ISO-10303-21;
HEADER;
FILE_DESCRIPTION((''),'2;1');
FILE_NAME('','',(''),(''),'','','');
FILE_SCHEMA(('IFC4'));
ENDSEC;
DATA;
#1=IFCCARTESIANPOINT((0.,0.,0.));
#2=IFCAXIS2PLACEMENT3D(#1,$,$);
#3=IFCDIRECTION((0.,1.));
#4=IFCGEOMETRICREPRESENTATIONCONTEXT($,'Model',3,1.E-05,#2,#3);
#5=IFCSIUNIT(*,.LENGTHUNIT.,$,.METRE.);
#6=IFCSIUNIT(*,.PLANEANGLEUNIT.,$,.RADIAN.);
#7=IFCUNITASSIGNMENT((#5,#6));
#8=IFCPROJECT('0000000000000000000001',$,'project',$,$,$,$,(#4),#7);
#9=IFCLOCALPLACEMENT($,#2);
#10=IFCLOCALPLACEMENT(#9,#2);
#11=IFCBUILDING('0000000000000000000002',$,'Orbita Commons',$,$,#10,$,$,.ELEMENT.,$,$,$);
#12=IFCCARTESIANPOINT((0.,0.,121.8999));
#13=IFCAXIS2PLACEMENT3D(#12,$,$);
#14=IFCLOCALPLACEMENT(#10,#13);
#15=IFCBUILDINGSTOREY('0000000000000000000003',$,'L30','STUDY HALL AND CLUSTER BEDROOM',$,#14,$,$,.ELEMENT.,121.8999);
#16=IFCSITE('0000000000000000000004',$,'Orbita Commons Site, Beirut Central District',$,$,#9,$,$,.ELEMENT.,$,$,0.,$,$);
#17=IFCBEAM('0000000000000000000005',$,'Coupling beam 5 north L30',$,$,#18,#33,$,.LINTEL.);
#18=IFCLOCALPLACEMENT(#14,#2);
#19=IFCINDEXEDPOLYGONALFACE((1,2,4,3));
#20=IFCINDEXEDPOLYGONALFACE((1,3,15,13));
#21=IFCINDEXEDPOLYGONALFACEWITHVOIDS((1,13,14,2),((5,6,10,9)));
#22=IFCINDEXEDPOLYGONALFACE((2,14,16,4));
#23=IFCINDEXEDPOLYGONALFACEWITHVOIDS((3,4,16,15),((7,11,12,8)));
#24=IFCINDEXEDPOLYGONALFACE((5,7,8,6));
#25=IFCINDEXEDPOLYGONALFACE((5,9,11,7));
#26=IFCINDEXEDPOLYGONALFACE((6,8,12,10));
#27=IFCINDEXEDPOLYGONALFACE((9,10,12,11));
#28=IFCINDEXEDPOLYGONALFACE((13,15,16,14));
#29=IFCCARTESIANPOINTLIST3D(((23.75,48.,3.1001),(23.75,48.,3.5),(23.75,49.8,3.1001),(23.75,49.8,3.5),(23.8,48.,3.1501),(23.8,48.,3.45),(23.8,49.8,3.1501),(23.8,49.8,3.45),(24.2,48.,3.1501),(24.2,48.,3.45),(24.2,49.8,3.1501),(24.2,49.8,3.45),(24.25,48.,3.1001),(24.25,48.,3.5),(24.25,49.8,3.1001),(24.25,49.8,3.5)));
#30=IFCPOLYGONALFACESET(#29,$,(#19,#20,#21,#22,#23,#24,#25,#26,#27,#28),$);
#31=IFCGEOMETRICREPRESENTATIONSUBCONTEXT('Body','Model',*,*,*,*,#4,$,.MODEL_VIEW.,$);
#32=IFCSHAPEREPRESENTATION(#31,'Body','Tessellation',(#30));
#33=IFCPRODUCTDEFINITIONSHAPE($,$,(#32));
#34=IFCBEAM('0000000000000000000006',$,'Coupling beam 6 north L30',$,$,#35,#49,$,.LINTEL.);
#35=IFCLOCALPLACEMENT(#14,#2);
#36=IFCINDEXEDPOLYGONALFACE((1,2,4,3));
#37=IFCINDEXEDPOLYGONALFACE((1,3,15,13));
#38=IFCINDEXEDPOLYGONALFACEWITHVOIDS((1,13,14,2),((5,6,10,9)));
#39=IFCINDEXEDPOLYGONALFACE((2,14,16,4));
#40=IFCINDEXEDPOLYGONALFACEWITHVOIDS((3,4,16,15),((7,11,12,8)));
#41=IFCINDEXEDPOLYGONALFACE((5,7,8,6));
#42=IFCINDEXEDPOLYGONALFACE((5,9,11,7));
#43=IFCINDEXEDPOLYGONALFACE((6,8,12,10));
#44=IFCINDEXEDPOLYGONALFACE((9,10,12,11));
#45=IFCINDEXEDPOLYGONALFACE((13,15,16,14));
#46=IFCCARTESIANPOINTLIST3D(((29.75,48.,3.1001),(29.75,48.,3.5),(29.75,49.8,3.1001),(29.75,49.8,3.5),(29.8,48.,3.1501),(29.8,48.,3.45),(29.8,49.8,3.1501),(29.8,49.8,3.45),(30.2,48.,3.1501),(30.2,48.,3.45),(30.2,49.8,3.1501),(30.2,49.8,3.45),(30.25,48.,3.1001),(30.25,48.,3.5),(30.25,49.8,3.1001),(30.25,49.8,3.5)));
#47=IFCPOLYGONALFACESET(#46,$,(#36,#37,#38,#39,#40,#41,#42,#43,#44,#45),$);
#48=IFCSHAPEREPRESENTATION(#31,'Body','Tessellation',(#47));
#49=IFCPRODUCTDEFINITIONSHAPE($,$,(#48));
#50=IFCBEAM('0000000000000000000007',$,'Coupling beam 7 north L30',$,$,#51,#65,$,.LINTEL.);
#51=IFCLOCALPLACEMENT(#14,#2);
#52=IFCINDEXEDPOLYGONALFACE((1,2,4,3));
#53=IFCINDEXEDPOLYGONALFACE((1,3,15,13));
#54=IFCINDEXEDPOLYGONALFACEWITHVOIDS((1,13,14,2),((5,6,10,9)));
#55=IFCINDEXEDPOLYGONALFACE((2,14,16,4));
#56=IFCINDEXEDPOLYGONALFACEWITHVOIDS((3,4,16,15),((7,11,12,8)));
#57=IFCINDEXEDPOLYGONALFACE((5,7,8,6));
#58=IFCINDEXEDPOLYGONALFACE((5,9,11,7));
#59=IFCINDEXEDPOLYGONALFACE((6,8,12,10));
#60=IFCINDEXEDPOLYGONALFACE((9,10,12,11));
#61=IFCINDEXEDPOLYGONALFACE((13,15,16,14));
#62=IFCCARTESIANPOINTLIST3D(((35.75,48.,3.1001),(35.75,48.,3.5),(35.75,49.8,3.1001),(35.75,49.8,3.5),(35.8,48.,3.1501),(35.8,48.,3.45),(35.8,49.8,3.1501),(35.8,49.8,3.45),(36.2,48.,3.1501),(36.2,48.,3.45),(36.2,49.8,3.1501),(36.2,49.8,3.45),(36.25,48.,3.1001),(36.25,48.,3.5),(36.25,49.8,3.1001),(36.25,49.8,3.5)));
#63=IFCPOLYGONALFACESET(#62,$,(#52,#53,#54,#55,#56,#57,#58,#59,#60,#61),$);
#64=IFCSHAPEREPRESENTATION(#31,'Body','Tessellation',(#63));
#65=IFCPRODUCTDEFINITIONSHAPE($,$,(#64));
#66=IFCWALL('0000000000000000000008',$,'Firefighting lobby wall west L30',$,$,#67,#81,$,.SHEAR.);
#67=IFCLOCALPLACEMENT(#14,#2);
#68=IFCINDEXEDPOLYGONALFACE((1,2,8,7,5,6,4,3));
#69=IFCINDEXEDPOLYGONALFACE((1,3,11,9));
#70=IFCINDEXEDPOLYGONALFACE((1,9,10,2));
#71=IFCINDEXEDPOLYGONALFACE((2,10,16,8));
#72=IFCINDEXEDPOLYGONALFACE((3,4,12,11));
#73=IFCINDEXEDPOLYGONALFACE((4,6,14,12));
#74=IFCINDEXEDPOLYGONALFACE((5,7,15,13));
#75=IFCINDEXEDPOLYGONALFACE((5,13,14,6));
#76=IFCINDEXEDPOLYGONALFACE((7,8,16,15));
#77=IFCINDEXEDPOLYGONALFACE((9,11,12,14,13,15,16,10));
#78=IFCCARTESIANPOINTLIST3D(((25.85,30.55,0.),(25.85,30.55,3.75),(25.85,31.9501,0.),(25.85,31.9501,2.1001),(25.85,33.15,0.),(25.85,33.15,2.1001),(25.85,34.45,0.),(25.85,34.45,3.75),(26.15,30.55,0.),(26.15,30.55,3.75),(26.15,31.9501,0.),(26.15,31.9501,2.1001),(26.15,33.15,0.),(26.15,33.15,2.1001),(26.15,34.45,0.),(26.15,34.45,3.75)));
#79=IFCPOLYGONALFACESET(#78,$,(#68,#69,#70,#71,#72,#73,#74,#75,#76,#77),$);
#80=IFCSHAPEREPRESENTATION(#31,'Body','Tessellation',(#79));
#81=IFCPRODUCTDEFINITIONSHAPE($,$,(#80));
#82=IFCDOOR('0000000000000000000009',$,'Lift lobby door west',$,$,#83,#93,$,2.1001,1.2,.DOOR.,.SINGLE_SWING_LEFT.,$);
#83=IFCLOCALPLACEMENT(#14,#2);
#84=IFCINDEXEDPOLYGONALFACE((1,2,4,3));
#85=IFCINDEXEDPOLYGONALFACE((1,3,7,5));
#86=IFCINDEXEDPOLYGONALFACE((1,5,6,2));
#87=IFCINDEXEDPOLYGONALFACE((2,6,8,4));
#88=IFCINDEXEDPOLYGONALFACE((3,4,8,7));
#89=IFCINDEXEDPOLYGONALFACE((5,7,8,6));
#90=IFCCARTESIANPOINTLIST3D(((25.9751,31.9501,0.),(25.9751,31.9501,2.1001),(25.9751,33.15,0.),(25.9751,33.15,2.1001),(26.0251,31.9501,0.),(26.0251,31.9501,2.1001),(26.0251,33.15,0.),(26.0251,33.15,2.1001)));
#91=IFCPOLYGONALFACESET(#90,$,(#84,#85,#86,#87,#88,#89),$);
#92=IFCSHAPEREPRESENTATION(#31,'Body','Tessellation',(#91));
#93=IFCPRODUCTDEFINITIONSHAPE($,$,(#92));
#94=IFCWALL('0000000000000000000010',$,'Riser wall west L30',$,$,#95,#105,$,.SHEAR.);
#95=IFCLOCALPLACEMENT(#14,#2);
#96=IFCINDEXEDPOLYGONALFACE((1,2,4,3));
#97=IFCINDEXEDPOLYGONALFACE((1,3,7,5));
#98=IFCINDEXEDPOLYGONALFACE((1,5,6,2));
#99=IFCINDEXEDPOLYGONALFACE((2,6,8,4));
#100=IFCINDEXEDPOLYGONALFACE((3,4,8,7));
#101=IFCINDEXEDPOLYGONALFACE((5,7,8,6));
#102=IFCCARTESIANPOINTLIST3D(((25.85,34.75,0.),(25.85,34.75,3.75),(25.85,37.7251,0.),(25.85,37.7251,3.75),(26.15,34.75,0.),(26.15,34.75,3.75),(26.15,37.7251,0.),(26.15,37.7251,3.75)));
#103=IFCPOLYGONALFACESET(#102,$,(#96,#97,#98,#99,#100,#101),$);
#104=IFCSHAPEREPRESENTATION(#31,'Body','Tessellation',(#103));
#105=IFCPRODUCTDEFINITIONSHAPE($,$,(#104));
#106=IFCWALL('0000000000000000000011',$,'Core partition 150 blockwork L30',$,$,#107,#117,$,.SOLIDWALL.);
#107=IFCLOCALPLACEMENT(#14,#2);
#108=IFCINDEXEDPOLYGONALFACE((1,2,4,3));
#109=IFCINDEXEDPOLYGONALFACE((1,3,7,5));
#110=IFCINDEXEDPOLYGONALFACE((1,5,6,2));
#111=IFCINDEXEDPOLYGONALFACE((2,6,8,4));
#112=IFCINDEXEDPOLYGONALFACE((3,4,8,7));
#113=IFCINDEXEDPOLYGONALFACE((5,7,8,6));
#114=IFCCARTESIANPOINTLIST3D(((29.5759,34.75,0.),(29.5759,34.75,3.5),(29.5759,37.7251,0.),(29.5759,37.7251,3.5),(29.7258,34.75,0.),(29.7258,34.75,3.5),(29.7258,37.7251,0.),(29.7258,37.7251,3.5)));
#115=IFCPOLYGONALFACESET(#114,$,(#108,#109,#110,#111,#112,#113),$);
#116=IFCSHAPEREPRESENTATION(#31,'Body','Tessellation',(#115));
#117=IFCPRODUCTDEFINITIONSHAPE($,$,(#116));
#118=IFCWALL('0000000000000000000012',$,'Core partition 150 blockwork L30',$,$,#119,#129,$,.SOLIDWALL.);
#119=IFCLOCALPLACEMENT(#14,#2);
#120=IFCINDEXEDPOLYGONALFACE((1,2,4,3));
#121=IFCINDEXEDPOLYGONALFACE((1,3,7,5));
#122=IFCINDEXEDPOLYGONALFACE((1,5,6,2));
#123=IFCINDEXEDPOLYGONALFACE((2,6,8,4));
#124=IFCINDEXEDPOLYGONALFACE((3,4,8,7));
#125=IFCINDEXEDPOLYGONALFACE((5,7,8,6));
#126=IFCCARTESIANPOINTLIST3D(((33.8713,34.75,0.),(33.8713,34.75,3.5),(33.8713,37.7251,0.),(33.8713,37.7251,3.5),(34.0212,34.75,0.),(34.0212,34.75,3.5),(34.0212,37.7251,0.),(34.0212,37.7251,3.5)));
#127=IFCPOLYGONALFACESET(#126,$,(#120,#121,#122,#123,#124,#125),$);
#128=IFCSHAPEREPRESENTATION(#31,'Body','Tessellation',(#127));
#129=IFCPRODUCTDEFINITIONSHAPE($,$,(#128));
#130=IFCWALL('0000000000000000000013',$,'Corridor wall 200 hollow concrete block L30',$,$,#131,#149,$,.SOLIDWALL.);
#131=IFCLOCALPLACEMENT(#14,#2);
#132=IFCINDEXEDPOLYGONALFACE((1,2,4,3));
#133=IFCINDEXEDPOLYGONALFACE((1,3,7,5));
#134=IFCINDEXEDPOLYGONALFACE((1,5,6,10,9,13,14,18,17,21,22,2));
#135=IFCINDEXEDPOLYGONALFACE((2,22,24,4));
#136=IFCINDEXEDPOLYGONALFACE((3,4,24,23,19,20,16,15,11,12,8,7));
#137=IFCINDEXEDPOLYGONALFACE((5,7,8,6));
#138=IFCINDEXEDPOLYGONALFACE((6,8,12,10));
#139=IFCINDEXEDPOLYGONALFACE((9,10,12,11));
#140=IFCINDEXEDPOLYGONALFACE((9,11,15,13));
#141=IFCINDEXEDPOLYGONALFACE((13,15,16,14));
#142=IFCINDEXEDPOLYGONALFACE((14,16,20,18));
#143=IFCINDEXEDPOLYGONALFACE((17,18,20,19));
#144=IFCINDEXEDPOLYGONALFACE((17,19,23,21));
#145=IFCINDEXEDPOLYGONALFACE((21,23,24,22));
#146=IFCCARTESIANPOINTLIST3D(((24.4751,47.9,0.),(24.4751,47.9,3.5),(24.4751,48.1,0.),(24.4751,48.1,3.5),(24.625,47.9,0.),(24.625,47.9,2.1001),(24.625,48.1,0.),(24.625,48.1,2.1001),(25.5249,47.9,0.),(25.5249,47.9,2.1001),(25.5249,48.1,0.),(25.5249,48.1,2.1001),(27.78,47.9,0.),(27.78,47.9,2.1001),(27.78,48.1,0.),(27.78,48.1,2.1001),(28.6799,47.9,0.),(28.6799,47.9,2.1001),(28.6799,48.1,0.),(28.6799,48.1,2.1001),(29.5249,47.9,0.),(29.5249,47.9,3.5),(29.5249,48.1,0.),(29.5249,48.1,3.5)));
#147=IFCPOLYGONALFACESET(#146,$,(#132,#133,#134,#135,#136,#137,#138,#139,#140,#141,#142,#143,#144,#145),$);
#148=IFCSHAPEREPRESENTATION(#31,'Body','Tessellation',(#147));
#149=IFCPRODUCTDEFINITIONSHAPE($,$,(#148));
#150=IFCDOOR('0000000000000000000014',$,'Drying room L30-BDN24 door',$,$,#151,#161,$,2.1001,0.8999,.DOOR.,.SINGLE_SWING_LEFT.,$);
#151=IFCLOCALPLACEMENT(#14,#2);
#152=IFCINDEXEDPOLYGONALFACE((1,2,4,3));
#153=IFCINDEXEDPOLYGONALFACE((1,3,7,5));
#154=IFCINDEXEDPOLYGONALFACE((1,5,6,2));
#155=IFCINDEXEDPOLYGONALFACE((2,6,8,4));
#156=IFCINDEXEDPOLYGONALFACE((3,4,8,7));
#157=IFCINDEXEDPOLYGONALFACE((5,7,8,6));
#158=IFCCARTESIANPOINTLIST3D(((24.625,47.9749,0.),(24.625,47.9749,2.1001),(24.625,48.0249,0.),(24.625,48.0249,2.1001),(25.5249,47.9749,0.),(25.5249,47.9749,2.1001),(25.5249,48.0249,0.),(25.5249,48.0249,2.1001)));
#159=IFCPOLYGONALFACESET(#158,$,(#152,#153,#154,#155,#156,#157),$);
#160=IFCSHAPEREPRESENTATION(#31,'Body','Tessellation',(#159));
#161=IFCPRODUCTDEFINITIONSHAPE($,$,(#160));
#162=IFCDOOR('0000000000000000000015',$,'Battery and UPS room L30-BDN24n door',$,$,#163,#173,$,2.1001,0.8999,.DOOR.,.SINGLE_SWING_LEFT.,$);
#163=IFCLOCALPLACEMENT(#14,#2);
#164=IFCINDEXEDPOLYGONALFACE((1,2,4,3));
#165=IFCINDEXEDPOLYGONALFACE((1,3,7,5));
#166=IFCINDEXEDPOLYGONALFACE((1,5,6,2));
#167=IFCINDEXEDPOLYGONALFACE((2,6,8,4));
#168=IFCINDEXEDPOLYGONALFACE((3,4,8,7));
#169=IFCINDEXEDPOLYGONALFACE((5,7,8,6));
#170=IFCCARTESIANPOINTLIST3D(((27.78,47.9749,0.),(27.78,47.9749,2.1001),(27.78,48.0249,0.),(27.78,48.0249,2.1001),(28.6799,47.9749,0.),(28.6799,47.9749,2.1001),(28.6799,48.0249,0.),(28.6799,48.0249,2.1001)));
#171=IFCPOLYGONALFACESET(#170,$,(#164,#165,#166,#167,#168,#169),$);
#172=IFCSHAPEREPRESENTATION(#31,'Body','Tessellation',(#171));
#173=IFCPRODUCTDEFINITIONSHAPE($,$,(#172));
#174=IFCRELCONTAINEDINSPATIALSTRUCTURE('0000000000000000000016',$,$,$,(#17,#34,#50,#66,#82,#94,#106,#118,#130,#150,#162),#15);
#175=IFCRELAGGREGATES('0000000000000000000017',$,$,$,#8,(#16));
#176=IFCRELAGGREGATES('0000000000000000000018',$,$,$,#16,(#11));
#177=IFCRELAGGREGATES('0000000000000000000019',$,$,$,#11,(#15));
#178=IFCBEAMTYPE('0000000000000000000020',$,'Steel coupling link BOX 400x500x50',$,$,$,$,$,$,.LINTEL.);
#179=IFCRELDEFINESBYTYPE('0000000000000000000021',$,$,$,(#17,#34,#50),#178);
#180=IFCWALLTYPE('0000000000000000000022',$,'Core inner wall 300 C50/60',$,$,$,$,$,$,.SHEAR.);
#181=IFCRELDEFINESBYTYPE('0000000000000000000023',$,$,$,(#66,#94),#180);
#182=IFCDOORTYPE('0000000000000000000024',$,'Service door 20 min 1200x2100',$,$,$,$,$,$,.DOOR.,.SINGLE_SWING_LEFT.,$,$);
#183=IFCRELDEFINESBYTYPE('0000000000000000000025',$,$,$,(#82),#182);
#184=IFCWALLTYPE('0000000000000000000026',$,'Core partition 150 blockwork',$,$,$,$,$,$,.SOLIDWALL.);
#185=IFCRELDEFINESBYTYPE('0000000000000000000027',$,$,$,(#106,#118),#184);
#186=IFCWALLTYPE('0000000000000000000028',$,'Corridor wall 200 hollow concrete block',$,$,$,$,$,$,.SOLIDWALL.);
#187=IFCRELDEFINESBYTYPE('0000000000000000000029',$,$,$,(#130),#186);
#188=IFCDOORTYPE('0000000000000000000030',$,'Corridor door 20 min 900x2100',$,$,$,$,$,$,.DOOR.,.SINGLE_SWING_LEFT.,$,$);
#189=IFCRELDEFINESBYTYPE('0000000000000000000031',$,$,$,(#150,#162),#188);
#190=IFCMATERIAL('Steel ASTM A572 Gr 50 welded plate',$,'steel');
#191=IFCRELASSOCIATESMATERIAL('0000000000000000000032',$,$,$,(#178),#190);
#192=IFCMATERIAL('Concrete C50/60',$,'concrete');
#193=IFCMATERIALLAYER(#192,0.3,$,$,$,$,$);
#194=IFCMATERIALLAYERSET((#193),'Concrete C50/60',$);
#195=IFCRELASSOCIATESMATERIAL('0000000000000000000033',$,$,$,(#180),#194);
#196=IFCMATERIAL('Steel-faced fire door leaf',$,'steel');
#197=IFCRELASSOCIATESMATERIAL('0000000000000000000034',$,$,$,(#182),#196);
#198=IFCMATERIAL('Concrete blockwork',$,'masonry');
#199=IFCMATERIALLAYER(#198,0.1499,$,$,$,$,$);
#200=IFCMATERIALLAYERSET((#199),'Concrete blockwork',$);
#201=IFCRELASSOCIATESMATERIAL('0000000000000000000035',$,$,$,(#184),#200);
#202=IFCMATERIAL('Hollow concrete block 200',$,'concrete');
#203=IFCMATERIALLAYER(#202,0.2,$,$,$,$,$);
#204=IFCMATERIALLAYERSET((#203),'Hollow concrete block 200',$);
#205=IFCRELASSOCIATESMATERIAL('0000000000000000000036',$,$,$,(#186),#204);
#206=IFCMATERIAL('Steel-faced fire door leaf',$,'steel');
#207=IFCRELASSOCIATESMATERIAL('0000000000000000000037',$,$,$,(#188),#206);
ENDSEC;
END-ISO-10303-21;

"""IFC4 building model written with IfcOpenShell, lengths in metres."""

from ifc_helpers import new_model, si_unit, direction, frame, frame_2d, origin, origin_2d, place, context, subcontext, project, spatial, rectangle, hollow_rectangle, extrude, material, layer, layer_set, material_profile, profile_set, type_object, element, fill, save


model = new_model("IFC4")

# Units and contexts
model_context = context("Model", 3, precision=1e-05, world=origin(), true_north=direction((0.0, 1.0)))
body_context = subcontext(model_context, "Body", "Model", "MODEL_VIEW")
ifc_project = project(units=[si_unit("LENGTHUNIT", "METRE"), si_unit("PLANEANGLEUNIT", "RADIAN")], contexts=[model_context])

# Site, building, storey
site_placement = place(None, origin())
site = spatial("IfcSite", under=ifc_project, at=site_placement, Name="Orbita Commons Site, Beirut Central District", CompositionType="ELEMENT", RefElevation=0.0)
building_placement = place(site_placement, origin())
building = spatial("IfcBuilding", under=site, at=building_placement, Name="Orbita Commons", CompositionType="ELEMENT")
storey_placement = place(building_placement, frame((0.0, 0.0, 121.8999)))
storey = spatial("IfcBuildingStorey", under=building, at=storey_placement, Name="L30", Description="STUDY HALL AND CLUSTER BEDROOM", CompositionType="ELEMENT", Elevation=121.8999)

# Beams
ifc_material_1 = material(Name="Steel ASTM A572 Gr 50 welded plate", Category="steel")
ifc_material_profile = material_profile(ifc_material_1, hollow_rectangle(XDim=0.5, YDim=0.3999, WallThickness=0.05, at=origin_2d()), Name="BOX 400x500x50")
ifc_profile_set = profile_set([ifc_material_profile], Name="Steel ASTM A572 Gr 50 welded plate")
beam_type = type_object("IfcBeamType", Name="Steel coupling link BOX 400x500x50", PredefinedType="LINTEL", material=ifc_profile_set)
for number, where, z_axis, x_axis, name in (
    (1, (24.0, 48.0, 3.3), (0.0, 1.0, 0.0), (-1.0, 0.0, 0.0), "Coupling beam 5 north L30"),
    (2, (30.0, 48.0, 3.3), (0.0, 1.0, 0.0), (-1.0, 0.0, 0.0), "Coupling beam 6 north L30"),
    (3, (36.0, 48.0, 3.3), (0.0, 1.0, 0.0), (-1.0, 0.0, 0.0), "Coupling beam 7 north L30"),
):
    element("IfcBeam", number, at=place(storey_placement, frame(where, z_axis=z_axis, x_axis=x_axis)), inside=storey, type_object=beam_type, Name=name, PredefinedType="LINTEL", context=body_context, shape_type="SweptSolid", body=[
        extrude(hollow_rectangle(XDim=0.5, YDim=0.3999, WallThickness=0.05, at=origin_2d()), origin(), (0.0, 0.0, 1.0), 1.8),
    ])

# Wall, opening, door
ifc_material_2 = material(Name="Concrete C50/60", Category="concrete")
ifc_layer_1 = layer(ifc_material_2, 0.3)
ifc_layer_set_1 = layer_set([ifc_layer_1], Name="Concrete C50/60")
wall_type_1 = type_object("IfcWallType", Name="Core inner wall 300 C50/60", PredefinedType="SHEAR", material=ifc_layer_set_1)
wall_1_placement = place(storey_placement, frame((26.0, 30.55, 0.0), z_axis=(0.0, 0.0, 1.0), x_axis=(0.0, 1.0, 0.0)))
wall_1 = element("IfcWall", 4, at=wall_1_placement, inside=storey, type_object=wall_type_1, Name="Firefighting lobby wall west L30", PredefinedType="SHEAR", context=body_context, shape_type="SweptSolid", body=[
    extrude(rectangle(XDim=3.8999, YDim=0.3, at=frame_2d((1.95, 0.0))), origin(), (0.0, 0.0, 1.0), 3.75),
])
opening_1_placement = place(wall_1_placement, frame((1.3999, 0.0, 0.0)))
opening_1 = element("IfcOpeningElement", 5, at=opening_1_placement, cuts=wall_1, PredefinedType="OPENING", context=body_context, shape_type="SweptSolid", body=[
    extrude(rectangle(XDim=1.2, YDim=2.1001, at=frame_2d((0.6001, 1.05))), frame((0.0, 0.1599, 0.0), z_axis=(0.0, -1.0, 0.0), x_axis=(1.0, 0.0, 0.0)), (0.0, 0.0, 1.0), 0.3201),
])
ifc_material_3 = material(Name="Steel-faced fire door leaf", Category="steel")
door_type_1 = type_object("IfcDoorType", Name="Service door 20 min 1200x2100", OperationType="SINGLE_SWING_LEFT", PredefinedType="DOOR", material=ifc_material_3)
door_1_placement = place(opening_1_placement, origin())
door_1 = element("IfcDoor", 6, at=door_1_placement, inside=storey, type_object=door_type_1, Name="Lift lobby door west", OperationType="SINGLE_SWING_LEFT", OverallHeight=2.1001, OverallWidth=1.2, PredefinedType="DOOR", context=body_context, shape_type="SweptSolid", body=[
    extrude(rectangle(XDim=1.2, YDim=2.1001, at=frame_2d((0.6001, 1.05))), frame((0.0, 0.0249, 0.0), z_axis=(0.0, -1.0, 0.0), x_axis=(1.0, 0.0, 0.0)), (0.0, 0.0, 1.0), 0.05),
])
fill(opening_1, door_1)

# Walls
wall_2_placement = place(storey_placement, frame((26.0, 34.75, 0.0), z_axis=(0.0, 0.0, 1.0), x_axis=(0.0, 1.0, 0.0)))
element("IfcWall", 7, at=wall_2_placement, inside=storey, type_object=wall_type_1, Name="Riser wall west L30", PredefinedType="SHEAR", context=body_context, shape_type="SweptSolid", body=[
    extrude(rectangle(XDim=2.9751, YDim=0.3, at=frame_2d((1.4875, 0.0))), origin(), (0.0, 0.0, 1.0), 3.75),
])
ifc_material_4 = material(Name="Concrete blockwork", Category="masonry")
ifc_layer_2 = layer(ifc_material_4, 0.1499)
ifc_layer_set_2 = layer_set([ifc_layer_2], Name="Concrete blockwork")
wall_type_2 = type_object("IfcWallType", Name="Core partition 150 blockwork", PredefinedType="SOLIDWALL", material=ifc_layer_set_2)
for number, where, z_axis, x_axis, name in (
    (8, (29.6509, 34.75, 0.0), (0.0, 0.0, 1.0), (0.0, 1.0, 0.0), "Core partition 150 blockwork L30"),
    (9, (33.9463, 34.75, 0.0), (0.0, 0.0, 1.0), (0.0, 1.0, 0.0), "Core partition 150 blockwork L30"),
):
    element("IfcWall", number, at=place(storey_placement, frame(where, z_axis=z_axis, x_axis=x_axis)), inside=storey, type_object=wall_type_2, Name=name, PredefinedType="SOLIDWALL", context=body_context, shape_type="SweptSolid", body=[
        extrude(rectangle(XDim=2.9751, YDim=0.1499, at=frame_2d((1.4875, 0.0))), origin(), (0.0, 0.0, 1.0), 3.5),
    ])

# Wall, openings, doors
ifc_material_5 = material(Name="Hollow concrete block 200", Category="concrete")
ifc_layer_3 = layer(ifc_material_5, 0.2)
ifc_layer_set_3 = layer_set([ifc_layer_3], Name="Hollow concrete block 200")
wall_type_3 = type_object("IfcWallType", Name="Corridor wall 200 hollow concrete block", PredefinedType="SOLIDWALL", material=ifc_layer_set_3)
wall_3_placement = place(storey_placement, frame((24.4751, 48.0, 0.0), z_axis=(0.0, 0.0, 1.0), x_axis=(1.0, 0.0, 0.0)))
wall_3 = element("IfcWall", 10, at=wall_3_placement, inside=storey, type_object=wall_type_3, Name="Corridor wall 200 hollow concrete block L30", PredefinedType="SOLIDWALL", context=body_context, shape_type="SweptSolid", body=[
    extrude(rectangle(XDim=5.0498, YDim=0.2, at=frame_2d((2.5249, 0.0))), origin(), (0.0, 0.0, 1.0), 3.5),
])
opening_2_placement = place(wall_3_placement, frame((0.1499, 0.0, 0.0)))
opening_2 = element("IfcOpeningElement", 11, at=opening_2_placement, cuts=wall_3, PredefinedType="OPENING", context=body_context, shape_type="SweptSolid", body=[
    extrude(rectangle(XDim=0.8999, YDim=2.1001, at=frame_2d((0.45, 1.05))), frame((0.0, 0.1099, 0.0), z_axis=(0.0, -1.0, 0.0), x_axis=(1.0, 0.0, 0.0)), (0.0, 0.0, 1.0), 0.22),
])
opening_3_placement = place(wall_3_placement, frame((3.3049, 0.0, 0.0)))
opening_3 = element("IfcOpeningElement", 12, at=opening_3_placement, cuts=wall_3, PredefinedType="OPENING", context=body_context, shape_type="SweptSolid", body=[
    extrude(rectangle(XDim=0.8999, YDim=2.1001, at=frame_2d((0.45, 1.05))), frame((0.0, 0.1099, 0.0), z_axis=(0.0, -1.0, 0.0), x_axis=(1.0, 0.0, 0.0)), (0.0, 0.0, 1.0), 0.22),
])
ifc_material_6 = material(Name="Steel-faced fire door leaf", Category="steel")
door_type_2 = type_object("IfcDoorType", Name="Corridor door 20 min 900x2100", OperationType="SINGLE_SWING_LEFT", PredefinedType="DOOR", material=ifc_material_6)
door_2_placement = place(opening_2_placement, origin())
door_2 = element("IfcDoor", 13, at=door_2_placement, inside=storey, type_object=door_type_2, Name="Drying room L30-BDN24 door", OperationType="SINGLE_SWING_LEFT", OverallHeight=2.1001, OverallWidth=0.8999, PredefinedType="DOOR", context=body_context, shape_type="SweptSolid", body=[
    extrude(rectangle(XDim=0.8999, YDim=2.1001, at=frame_2d((0.45, 1.05))), frame((0.0, 0.0249, 0.0), z_axis=(0.0, -1.0, 0.0), x_axis=(1.0, 0.0, 0.0)), (0.0, 0.0, 1.0), 0.05),
])
fill(opening_2, door_2)
door_3_placement = place(opening_3_placement, origin())
door_3 = element("IfcDoor", 14, at=door_3_placement, inside=storey, type_object=door_type_2, Name="Battery and UPS room L30-BDN24n door", OperationType="SINGLE_SWING_LEFT", OverallHeight=2.1001, OverallWidth=0.8999, PredefinedType="DOOR", context=body_context, shape_type="SweptSolid", body=[
    extrude(rectangle(XDim=0.8999, YDim=2.1001, at=frame_2d((0.45, 1.05))), frame((0.0, 0.0249, 0.0), z_axis=(0.0, -1.0, 0.0), x_axis=(1.0, 0.0, 0.0)), (0.0, 0.0, 1.0), 0.05),
])
fill(opening_3, door_3)

save(model, "model.ifc")
